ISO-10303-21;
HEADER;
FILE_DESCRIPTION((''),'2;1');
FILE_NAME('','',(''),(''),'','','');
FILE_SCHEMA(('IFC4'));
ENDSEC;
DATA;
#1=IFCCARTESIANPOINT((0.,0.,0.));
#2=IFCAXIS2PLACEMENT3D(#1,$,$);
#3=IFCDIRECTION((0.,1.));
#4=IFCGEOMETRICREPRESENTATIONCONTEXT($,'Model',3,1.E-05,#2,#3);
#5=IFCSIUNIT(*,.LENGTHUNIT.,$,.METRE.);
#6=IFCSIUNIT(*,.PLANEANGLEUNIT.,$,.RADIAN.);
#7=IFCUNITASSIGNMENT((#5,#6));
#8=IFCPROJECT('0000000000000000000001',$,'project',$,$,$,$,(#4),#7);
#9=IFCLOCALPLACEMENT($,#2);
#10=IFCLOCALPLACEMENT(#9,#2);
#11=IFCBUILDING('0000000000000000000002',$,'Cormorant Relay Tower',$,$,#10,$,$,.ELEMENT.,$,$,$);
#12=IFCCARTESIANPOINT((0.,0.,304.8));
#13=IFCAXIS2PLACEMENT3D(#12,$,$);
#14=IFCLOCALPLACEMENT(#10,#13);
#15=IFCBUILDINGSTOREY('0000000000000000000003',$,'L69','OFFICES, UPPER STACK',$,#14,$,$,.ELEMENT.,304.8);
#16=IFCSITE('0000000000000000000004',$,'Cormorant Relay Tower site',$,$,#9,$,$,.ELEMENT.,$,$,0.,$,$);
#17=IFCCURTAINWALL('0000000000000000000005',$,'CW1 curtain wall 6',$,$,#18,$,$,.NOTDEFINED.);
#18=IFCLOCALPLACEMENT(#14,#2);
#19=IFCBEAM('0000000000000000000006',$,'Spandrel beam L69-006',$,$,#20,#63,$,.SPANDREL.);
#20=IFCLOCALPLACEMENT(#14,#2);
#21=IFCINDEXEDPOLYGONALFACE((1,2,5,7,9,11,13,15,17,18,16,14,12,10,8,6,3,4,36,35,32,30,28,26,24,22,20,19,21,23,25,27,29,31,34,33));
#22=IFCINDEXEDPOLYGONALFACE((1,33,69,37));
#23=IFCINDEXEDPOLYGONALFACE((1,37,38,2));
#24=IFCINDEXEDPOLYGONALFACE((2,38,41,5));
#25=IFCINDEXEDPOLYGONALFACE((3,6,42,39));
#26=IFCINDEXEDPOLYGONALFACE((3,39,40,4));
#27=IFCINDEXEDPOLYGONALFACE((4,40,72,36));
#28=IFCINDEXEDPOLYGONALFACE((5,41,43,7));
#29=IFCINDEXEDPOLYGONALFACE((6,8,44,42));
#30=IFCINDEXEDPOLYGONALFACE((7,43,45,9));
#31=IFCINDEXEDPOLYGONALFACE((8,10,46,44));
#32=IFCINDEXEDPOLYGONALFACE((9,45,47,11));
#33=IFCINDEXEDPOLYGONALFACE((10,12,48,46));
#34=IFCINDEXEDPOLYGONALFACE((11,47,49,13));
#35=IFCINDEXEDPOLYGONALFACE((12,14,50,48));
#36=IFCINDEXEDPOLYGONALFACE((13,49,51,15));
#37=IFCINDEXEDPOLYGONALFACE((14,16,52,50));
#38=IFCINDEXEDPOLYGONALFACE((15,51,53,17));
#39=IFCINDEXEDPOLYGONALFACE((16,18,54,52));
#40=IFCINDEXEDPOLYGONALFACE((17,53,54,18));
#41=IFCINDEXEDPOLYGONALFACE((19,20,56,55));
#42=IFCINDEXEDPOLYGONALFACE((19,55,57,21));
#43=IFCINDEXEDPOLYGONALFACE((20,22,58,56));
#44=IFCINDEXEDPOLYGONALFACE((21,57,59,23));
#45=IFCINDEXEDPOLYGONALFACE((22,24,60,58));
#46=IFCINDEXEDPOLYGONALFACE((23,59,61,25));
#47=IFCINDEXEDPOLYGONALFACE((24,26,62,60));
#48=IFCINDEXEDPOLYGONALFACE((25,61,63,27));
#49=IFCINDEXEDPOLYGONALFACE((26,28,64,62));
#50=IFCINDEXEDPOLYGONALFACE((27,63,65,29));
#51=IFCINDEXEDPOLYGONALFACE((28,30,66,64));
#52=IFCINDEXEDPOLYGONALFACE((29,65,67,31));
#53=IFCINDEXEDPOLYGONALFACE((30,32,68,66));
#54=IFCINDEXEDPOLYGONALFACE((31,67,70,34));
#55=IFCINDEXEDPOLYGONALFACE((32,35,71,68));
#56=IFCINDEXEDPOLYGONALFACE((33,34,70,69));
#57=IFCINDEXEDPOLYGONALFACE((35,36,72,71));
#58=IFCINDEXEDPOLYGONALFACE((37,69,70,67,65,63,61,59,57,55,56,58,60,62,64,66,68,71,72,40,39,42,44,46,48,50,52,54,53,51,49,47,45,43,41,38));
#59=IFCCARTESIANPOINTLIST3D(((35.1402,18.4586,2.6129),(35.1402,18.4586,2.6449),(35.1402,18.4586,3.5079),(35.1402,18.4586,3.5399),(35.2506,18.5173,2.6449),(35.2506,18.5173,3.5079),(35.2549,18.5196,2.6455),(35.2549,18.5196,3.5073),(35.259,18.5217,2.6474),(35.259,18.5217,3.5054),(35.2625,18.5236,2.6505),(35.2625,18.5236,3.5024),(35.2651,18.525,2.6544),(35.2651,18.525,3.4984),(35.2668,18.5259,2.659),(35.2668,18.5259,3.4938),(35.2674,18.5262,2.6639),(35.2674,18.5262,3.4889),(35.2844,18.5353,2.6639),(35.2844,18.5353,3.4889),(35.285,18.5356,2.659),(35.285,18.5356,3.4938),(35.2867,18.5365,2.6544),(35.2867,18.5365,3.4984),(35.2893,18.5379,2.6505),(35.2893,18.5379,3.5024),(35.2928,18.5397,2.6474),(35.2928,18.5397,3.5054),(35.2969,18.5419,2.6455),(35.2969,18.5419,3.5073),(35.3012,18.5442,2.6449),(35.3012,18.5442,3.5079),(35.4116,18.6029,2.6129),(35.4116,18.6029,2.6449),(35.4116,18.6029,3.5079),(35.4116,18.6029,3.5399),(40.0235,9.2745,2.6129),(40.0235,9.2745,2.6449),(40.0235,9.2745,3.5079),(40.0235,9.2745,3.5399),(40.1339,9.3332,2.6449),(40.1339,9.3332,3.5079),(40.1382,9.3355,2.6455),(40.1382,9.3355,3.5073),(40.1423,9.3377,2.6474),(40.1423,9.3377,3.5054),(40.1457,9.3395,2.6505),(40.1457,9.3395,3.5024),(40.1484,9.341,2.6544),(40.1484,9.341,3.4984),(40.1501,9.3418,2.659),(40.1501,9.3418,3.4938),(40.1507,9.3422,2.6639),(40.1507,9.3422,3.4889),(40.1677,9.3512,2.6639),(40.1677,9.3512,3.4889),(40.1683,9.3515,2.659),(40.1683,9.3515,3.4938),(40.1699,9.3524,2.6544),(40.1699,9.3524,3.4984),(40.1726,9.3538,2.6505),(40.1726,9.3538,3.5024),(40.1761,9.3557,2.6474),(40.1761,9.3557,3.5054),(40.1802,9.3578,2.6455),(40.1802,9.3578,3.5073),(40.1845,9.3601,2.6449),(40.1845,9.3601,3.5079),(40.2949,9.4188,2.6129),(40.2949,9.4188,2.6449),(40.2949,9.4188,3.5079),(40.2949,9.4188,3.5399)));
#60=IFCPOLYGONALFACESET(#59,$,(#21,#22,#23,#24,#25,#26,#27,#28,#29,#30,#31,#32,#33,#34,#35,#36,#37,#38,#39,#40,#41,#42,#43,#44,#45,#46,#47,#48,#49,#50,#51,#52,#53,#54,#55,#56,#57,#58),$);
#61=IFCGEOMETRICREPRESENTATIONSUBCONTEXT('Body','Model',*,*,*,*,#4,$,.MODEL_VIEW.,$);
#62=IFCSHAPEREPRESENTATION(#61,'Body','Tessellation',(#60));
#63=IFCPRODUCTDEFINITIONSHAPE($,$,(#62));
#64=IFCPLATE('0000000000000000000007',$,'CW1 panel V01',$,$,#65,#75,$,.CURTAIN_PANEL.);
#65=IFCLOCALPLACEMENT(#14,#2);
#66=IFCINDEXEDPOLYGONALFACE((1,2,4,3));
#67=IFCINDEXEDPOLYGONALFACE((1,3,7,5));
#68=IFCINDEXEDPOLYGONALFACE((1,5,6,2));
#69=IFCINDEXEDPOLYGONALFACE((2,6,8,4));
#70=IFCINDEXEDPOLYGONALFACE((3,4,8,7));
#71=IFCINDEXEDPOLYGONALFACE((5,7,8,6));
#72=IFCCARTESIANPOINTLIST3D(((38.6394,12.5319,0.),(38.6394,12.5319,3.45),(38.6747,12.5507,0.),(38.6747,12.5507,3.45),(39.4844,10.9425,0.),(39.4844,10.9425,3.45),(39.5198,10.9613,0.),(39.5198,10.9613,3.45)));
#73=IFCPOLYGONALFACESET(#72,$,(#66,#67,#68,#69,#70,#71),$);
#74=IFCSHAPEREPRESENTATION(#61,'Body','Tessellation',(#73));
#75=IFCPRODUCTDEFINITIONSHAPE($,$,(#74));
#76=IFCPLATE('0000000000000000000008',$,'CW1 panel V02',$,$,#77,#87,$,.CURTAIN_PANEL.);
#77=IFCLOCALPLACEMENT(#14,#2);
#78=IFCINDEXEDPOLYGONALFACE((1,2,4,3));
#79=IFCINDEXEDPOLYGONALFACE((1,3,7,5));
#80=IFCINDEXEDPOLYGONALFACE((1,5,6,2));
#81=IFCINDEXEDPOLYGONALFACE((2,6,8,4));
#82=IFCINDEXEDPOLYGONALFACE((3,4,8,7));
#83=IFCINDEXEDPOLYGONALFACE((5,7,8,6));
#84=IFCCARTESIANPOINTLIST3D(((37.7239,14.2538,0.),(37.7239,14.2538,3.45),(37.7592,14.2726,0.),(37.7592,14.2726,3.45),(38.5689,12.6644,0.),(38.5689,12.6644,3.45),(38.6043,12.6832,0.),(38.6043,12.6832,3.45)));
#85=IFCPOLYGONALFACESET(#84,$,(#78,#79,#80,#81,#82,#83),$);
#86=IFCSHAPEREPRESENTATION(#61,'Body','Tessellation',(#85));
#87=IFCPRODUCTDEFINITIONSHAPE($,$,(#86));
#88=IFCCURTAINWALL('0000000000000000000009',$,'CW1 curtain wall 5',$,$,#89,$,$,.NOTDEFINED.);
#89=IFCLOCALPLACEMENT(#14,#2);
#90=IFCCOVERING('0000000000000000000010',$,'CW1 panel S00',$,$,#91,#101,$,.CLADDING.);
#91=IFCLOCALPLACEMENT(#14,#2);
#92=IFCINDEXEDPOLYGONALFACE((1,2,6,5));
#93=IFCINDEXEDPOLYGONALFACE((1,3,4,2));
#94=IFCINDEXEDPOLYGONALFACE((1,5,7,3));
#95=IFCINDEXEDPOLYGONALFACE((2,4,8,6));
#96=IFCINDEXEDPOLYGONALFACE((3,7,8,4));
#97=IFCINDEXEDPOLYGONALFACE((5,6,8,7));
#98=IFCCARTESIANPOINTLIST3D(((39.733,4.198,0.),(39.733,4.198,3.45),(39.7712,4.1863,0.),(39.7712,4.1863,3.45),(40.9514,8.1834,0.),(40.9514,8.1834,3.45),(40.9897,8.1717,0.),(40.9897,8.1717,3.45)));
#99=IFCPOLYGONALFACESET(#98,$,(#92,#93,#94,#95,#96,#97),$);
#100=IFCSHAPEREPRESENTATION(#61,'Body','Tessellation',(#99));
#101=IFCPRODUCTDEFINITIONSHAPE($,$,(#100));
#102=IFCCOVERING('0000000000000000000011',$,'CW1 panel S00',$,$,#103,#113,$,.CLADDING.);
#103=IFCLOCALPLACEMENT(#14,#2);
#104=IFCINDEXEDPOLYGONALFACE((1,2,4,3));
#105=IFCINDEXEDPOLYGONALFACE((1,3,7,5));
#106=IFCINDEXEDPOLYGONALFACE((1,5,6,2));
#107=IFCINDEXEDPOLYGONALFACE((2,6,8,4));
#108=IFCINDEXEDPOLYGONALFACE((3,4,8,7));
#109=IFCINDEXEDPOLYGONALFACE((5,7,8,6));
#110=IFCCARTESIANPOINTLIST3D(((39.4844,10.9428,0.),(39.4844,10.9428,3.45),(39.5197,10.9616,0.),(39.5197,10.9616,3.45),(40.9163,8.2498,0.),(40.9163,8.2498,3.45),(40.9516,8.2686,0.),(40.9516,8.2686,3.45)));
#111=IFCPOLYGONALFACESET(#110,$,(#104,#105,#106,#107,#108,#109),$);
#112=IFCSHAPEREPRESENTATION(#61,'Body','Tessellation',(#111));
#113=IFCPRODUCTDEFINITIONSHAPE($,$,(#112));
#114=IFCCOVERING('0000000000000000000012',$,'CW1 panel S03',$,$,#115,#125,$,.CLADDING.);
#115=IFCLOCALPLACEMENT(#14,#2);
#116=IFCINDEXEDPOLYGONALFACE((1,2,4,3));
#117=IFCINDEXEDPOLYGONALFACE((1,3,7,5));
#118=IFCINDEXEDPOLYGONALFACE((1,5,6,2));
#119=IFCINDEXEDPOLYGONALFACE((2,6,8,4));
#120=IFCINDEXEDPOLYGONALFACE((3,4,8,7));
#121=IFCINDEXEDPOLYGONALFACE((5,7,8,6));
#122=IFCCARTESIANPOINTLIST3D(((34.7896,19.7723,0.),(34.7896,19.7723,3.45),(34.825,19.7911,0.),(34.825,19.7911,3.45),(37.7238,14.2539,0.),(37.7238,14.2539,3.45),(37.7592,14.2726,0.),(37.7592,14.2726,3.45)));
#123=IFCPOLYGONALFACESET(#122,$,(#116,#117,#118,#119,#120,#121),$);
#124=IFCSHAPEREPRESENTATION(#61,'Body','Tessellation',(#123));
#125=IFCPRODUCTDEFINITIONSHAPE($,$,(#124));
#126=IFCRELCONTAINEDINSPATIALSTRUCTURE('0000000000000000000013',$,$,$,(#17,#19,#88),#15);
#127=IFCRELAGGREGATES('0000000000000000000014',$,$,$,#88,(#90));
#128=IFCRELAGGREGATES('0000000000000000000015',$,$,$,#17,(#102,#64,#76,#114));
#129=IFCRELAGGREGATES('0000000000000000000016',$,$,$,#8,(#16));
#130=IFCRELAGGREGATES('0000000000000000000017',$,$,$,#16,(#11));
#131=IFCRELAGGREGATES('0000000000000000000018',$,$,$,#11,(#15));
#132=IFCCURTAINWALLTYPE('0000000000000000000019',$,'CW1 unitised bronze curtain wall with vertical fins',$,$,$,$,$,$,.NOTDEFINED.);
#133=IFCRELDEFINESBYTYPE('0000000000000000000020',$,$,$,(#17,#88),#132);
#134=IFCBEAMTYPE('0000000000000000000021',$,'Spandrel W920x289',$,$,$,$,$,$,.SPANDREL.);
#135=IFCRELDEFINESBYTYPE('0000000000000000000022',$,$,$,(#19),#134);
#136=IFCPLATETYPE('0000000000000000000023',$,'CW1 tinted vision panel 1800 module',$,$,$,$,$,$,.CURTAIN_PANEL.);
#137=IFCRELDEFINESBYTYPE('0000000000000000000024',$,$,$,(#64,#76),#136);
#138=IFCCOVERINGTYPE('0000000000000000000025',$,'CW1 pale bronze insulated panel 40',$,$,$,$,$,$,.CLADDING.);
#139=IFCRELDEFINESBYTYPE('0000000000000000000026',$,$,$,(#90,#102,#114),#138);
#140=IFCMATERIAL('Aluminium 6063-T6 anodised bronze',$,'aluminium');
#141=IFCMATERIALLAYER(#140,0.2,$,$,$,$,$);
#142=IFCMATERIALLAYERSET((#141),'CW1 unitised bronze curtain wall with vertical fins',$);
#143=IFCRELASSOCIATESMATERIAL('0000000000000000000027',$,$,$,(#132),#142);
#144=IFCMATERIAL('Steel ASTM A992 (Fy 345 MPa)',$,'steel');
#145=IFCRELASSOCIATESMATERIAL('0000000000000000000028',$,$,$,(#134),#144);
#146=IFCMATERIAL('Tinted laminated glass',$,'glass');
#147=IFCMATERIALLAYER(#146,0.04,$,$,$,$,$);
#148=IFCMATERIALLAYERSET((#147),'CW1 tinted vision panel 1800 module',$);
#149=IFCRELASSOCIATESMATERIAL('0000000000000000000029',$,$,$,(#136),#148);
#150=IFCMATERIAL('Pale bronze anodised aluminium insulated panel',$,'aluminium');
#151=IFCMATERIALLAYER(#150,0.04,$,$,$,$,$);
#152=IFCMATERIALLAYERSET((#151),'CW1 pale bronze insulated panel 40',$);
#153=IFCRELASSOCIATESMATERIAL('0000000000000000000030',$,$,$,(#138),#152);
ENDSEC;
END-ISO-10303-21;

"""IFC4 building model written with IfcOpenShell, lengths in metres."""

from ifc_helpers import new_model, si_unit, direction, frame, origin, origin_2d, place, context, subcontext, project, spatial, rectangle, i_section, extrude, material, layer, layer_set, material_profile, profile_set, type_object, element, aggregate, save


model = new_model("IFC4")

# Units and contexts
model_context = context("Model", 3, precision=1e-05, world=origin(), true_north=direction((0.0, 1.0)))
body_context = subcontext(model_context, "Body", "Model", "MODEL_VIEW")
ifc_project = project(units=[si_unit("LENGTHUNIT", "METRE"), si_unit("PLANEANGLEUNIT", "RADIAN")], contexts=[model_context])

# Site, building, storey
site_placement = place(None, origin())
site = spatial("IfcSite", under=ifc_project, at=site_placement, Name="Cormorant Relay Tower site", CompositionType="ELEMENT", RefElevation=0.0)
building_placement = place(site_placement, origin())
building = spatial("IfcBuilding", under=site, at=building_placement, Name="Cormorant Relay Tower", CompositionType="ELEMENT")
storey_placement = place(building_placement, frame((0.0, 0.0, 304.8)))
storey = spatial("IfcBuildingStorey", under=building, at=storey_placement, Name="L69", Description="OFFICES, UPPER STACK", CompositionType="ELEMENT", Elevation=304.8)

# Curtain wall
ifc_material_1 = material(Name="Aluminium 6063-T6 anodised bronze", Category="aluminium")
ifc_layer_1 = layer(ifc_material_1, 0.2)
ifc_layer_set_1 = layer_set([ifc_layer_1], Name="CW1 unitised bronze curtain wall with vertical fins")
curtain_wall_type = type_object("IfcCurtainWallType", Name="CW1 unitised bronze curtain wall with vertical fins", PredefinedType="NOTDEFINED", material=ifc_layer_set_1)
curtain_wall_1_placement = place(storey_placement, origin())
curtain_wall_1 = element("IfcCurtainWall", 1, at=curtain_wall_1_placement, inside=storey, type_object=curtain_wall_type, Name="CW1 curtain wall 6", PredefinedType="NOTDEFINED")

# Beam
ifc_material_2 = material(Name="Steel ASTM A992 (Fy 345 MPa)", Category="steel")
ifc_material_profile_1 = material_profile(ifc_material_2, i_section(OverallWidth=0.3074, OverallDepth=0.927, WebThickness=0.0193, FlangeThickness=0.032, FilletRadius=0.019, at=origin_2d()), Name="W920x289")
ifc_profile_set_1 = profile_set([ifc_material_profile_1], Name="Steel ASTM A992 (Fy 345 MPa)")
beam_type = type_object("IfcBeamType", Name="Spandrel W920x289", PredefinedType="SPANDREL", material=ifc_profile_set_1)
beam_placement = place(storey_placement, frame((40.1592, 9.3467, 3.0764), z_axis=(-0.469474, 0.882946, 0.0), x_axis=(-0.882946, -0.469474, 0.0)))
element("IfcBeam", 2, at=beam_placement, inside=storey, type_object=beam_type, Name="Spandrel beam L69-006", PredefinedType="SPANDREL", context=body_context, shape_type="SweptSolid", body=[
    extrude(i_section(OverallWidth=0.3074, OverallDepth=0.927, WebThickness=0.0193, FlangeThickness=0.032, FilletRadius=0.019, at=origin_2d()), origin(), (0.0, 0.0, 1.0), 10.4016),
])

# Plates
ifc_material_3 = material(Name="Tinted laminated glass", Category="glass")
ifc_layer_2 = layer(ifc_material_3, 0.04)
ifc_layer_set_2 = layer_set([ifc_layer_2], Name="CW1 tinted vision panel 1800 module")
plate_type = type_object("IfcPlateType", Name="CW1 tinted vision panel 1800 module", PredefinedType="CURTAIN_PANEL", material=ifc_layer_set_2)
plate_1_placement = place(storey_placement, frame((39.0796, 11.7466, 0.0), z_axis=(0.0, 0.0, 1.0), x_axis=(-0.469472, 0.882948, 0.0)))
plate_1 = element("IfcPlate", 3, at=plate_1_placement, type_object=plate_type, Name="CW1 panel V01", PredefinedType="CURTAIN_PANEL", context=body_context, shape_type="SweptSolid", body=[
    extrude(rectangle(XDim=1.8, YDim=0.04, at=origin_2d()), origin(), (0.0, 0.0, 1.0), 3.45),
])
plate_2_placement = place(storey_placement, frame((38.1641, 13.4685, 0.0), z_axis=(0.0, 0.0, 1.0), x_axis=(-0.469472, 0.882948, 0.0)))
plate_2 = element("IfcPlate", 4, at=plate_2_placement, type_object=plate_type, Name="CW1 panel V02", PredefinedType="CURTAIN_PANEL", context=body_context, shape_type="SweptSolid", body=[
    extrude(rectangle(XDim=1.8, YDim=0.04, at=origin_2d()), origin(), (0.0, 0.0, 1.0), 3.45),
])

# Curtain wall, covering
curtain_wall_2_placement = place(storey_placement, origin())
curtain_wall_2 = element("IfcCurtainWall", 5, at=curtain_wall_2_placement, inside=storey, type_object=curtain_wall_type, Name="CW1 curtain wall 5", PredefinedType="NOTDEFINED")
ifc_material_4 = material(Name="Pale bronze anodised aluminium insulated panel", Category="aluminium")
ifc_layer_3 = layer(ifc_material_4, 0.04)
ifc_layer_set_3 = layer_set([ifc_layer_3], Name="CW1 pale bronze insulated panel 40")
covering_type = type_object("IfcCoveringType", Name="CW1 pale bronze insulated panel 40", PredefinedType="CLADDING", material=ifc_layer_set_3)
covering_1_placement = place(storey_placement, frame((40.3613, 6.1848, 0.0), z_axis=(0.0, 0.0, 1.0), x_axis=(0.292372, 0.956305, 0.0)))
covering_1 = element("IfcCovering", 6, at=covering_1_placement, type_object=covering_type, Name="CW1 panel S00", PredefinedType="CLADDING", context=body_context, shape_type="SweptSolid", body=[
    extrude(rectangle(XDim=4.1675, YDim=0.04, at=origin_2d()), origin(), (0.0, 0.0, 1.0), 3.45),
])
aggregate(curtain_wall_2, [covering_1])

# Coverings
covering_2_placement = place(storey_placement, frame((40.218, 9.6057, 0.0), z_axis=(0.0, 0.0, 1.0), x_axis=(-0.469472, 0.882948, 0.0)))
covering_2 = element("IfcCovering", 7, at=covering_2_placement, type_object=covering_type, Name="CW1 panel S00", PredefinedType="CLADDING", context=body_context, shape_type="SweptSolid", body=[
    extrude(rectangle(XDim=3.05, YDim=0.04, at=origin_2d()), origin(), (0.0, 0.0, 1.0), 3.45),
])
covering_3_placement = place(storey_placement, frame((36.2744, 17.0225, 0.0), z_axis=(0.0, 0.0, 1.0), x_axis=(-0.469472, 0.882948, 0.0)))
covering_3 = element("IfcCovering", 8, at=covering_3_placement, type_object=covering_type, Name="CW1 panel S03", PredefinedType="CLADDING", context=body_context, shape_type="SweptSolid", body=[
    extrude(rectangle(XDim=6.25, YDim=0.04, at=origin_2d()), origin(), (0.0, 0.0, 1.0), 3.45),
])
aggregate(curtain_wall_1, [covering_2, plate_1, plate_2, covering_3])

save(model, "model.ifc")
